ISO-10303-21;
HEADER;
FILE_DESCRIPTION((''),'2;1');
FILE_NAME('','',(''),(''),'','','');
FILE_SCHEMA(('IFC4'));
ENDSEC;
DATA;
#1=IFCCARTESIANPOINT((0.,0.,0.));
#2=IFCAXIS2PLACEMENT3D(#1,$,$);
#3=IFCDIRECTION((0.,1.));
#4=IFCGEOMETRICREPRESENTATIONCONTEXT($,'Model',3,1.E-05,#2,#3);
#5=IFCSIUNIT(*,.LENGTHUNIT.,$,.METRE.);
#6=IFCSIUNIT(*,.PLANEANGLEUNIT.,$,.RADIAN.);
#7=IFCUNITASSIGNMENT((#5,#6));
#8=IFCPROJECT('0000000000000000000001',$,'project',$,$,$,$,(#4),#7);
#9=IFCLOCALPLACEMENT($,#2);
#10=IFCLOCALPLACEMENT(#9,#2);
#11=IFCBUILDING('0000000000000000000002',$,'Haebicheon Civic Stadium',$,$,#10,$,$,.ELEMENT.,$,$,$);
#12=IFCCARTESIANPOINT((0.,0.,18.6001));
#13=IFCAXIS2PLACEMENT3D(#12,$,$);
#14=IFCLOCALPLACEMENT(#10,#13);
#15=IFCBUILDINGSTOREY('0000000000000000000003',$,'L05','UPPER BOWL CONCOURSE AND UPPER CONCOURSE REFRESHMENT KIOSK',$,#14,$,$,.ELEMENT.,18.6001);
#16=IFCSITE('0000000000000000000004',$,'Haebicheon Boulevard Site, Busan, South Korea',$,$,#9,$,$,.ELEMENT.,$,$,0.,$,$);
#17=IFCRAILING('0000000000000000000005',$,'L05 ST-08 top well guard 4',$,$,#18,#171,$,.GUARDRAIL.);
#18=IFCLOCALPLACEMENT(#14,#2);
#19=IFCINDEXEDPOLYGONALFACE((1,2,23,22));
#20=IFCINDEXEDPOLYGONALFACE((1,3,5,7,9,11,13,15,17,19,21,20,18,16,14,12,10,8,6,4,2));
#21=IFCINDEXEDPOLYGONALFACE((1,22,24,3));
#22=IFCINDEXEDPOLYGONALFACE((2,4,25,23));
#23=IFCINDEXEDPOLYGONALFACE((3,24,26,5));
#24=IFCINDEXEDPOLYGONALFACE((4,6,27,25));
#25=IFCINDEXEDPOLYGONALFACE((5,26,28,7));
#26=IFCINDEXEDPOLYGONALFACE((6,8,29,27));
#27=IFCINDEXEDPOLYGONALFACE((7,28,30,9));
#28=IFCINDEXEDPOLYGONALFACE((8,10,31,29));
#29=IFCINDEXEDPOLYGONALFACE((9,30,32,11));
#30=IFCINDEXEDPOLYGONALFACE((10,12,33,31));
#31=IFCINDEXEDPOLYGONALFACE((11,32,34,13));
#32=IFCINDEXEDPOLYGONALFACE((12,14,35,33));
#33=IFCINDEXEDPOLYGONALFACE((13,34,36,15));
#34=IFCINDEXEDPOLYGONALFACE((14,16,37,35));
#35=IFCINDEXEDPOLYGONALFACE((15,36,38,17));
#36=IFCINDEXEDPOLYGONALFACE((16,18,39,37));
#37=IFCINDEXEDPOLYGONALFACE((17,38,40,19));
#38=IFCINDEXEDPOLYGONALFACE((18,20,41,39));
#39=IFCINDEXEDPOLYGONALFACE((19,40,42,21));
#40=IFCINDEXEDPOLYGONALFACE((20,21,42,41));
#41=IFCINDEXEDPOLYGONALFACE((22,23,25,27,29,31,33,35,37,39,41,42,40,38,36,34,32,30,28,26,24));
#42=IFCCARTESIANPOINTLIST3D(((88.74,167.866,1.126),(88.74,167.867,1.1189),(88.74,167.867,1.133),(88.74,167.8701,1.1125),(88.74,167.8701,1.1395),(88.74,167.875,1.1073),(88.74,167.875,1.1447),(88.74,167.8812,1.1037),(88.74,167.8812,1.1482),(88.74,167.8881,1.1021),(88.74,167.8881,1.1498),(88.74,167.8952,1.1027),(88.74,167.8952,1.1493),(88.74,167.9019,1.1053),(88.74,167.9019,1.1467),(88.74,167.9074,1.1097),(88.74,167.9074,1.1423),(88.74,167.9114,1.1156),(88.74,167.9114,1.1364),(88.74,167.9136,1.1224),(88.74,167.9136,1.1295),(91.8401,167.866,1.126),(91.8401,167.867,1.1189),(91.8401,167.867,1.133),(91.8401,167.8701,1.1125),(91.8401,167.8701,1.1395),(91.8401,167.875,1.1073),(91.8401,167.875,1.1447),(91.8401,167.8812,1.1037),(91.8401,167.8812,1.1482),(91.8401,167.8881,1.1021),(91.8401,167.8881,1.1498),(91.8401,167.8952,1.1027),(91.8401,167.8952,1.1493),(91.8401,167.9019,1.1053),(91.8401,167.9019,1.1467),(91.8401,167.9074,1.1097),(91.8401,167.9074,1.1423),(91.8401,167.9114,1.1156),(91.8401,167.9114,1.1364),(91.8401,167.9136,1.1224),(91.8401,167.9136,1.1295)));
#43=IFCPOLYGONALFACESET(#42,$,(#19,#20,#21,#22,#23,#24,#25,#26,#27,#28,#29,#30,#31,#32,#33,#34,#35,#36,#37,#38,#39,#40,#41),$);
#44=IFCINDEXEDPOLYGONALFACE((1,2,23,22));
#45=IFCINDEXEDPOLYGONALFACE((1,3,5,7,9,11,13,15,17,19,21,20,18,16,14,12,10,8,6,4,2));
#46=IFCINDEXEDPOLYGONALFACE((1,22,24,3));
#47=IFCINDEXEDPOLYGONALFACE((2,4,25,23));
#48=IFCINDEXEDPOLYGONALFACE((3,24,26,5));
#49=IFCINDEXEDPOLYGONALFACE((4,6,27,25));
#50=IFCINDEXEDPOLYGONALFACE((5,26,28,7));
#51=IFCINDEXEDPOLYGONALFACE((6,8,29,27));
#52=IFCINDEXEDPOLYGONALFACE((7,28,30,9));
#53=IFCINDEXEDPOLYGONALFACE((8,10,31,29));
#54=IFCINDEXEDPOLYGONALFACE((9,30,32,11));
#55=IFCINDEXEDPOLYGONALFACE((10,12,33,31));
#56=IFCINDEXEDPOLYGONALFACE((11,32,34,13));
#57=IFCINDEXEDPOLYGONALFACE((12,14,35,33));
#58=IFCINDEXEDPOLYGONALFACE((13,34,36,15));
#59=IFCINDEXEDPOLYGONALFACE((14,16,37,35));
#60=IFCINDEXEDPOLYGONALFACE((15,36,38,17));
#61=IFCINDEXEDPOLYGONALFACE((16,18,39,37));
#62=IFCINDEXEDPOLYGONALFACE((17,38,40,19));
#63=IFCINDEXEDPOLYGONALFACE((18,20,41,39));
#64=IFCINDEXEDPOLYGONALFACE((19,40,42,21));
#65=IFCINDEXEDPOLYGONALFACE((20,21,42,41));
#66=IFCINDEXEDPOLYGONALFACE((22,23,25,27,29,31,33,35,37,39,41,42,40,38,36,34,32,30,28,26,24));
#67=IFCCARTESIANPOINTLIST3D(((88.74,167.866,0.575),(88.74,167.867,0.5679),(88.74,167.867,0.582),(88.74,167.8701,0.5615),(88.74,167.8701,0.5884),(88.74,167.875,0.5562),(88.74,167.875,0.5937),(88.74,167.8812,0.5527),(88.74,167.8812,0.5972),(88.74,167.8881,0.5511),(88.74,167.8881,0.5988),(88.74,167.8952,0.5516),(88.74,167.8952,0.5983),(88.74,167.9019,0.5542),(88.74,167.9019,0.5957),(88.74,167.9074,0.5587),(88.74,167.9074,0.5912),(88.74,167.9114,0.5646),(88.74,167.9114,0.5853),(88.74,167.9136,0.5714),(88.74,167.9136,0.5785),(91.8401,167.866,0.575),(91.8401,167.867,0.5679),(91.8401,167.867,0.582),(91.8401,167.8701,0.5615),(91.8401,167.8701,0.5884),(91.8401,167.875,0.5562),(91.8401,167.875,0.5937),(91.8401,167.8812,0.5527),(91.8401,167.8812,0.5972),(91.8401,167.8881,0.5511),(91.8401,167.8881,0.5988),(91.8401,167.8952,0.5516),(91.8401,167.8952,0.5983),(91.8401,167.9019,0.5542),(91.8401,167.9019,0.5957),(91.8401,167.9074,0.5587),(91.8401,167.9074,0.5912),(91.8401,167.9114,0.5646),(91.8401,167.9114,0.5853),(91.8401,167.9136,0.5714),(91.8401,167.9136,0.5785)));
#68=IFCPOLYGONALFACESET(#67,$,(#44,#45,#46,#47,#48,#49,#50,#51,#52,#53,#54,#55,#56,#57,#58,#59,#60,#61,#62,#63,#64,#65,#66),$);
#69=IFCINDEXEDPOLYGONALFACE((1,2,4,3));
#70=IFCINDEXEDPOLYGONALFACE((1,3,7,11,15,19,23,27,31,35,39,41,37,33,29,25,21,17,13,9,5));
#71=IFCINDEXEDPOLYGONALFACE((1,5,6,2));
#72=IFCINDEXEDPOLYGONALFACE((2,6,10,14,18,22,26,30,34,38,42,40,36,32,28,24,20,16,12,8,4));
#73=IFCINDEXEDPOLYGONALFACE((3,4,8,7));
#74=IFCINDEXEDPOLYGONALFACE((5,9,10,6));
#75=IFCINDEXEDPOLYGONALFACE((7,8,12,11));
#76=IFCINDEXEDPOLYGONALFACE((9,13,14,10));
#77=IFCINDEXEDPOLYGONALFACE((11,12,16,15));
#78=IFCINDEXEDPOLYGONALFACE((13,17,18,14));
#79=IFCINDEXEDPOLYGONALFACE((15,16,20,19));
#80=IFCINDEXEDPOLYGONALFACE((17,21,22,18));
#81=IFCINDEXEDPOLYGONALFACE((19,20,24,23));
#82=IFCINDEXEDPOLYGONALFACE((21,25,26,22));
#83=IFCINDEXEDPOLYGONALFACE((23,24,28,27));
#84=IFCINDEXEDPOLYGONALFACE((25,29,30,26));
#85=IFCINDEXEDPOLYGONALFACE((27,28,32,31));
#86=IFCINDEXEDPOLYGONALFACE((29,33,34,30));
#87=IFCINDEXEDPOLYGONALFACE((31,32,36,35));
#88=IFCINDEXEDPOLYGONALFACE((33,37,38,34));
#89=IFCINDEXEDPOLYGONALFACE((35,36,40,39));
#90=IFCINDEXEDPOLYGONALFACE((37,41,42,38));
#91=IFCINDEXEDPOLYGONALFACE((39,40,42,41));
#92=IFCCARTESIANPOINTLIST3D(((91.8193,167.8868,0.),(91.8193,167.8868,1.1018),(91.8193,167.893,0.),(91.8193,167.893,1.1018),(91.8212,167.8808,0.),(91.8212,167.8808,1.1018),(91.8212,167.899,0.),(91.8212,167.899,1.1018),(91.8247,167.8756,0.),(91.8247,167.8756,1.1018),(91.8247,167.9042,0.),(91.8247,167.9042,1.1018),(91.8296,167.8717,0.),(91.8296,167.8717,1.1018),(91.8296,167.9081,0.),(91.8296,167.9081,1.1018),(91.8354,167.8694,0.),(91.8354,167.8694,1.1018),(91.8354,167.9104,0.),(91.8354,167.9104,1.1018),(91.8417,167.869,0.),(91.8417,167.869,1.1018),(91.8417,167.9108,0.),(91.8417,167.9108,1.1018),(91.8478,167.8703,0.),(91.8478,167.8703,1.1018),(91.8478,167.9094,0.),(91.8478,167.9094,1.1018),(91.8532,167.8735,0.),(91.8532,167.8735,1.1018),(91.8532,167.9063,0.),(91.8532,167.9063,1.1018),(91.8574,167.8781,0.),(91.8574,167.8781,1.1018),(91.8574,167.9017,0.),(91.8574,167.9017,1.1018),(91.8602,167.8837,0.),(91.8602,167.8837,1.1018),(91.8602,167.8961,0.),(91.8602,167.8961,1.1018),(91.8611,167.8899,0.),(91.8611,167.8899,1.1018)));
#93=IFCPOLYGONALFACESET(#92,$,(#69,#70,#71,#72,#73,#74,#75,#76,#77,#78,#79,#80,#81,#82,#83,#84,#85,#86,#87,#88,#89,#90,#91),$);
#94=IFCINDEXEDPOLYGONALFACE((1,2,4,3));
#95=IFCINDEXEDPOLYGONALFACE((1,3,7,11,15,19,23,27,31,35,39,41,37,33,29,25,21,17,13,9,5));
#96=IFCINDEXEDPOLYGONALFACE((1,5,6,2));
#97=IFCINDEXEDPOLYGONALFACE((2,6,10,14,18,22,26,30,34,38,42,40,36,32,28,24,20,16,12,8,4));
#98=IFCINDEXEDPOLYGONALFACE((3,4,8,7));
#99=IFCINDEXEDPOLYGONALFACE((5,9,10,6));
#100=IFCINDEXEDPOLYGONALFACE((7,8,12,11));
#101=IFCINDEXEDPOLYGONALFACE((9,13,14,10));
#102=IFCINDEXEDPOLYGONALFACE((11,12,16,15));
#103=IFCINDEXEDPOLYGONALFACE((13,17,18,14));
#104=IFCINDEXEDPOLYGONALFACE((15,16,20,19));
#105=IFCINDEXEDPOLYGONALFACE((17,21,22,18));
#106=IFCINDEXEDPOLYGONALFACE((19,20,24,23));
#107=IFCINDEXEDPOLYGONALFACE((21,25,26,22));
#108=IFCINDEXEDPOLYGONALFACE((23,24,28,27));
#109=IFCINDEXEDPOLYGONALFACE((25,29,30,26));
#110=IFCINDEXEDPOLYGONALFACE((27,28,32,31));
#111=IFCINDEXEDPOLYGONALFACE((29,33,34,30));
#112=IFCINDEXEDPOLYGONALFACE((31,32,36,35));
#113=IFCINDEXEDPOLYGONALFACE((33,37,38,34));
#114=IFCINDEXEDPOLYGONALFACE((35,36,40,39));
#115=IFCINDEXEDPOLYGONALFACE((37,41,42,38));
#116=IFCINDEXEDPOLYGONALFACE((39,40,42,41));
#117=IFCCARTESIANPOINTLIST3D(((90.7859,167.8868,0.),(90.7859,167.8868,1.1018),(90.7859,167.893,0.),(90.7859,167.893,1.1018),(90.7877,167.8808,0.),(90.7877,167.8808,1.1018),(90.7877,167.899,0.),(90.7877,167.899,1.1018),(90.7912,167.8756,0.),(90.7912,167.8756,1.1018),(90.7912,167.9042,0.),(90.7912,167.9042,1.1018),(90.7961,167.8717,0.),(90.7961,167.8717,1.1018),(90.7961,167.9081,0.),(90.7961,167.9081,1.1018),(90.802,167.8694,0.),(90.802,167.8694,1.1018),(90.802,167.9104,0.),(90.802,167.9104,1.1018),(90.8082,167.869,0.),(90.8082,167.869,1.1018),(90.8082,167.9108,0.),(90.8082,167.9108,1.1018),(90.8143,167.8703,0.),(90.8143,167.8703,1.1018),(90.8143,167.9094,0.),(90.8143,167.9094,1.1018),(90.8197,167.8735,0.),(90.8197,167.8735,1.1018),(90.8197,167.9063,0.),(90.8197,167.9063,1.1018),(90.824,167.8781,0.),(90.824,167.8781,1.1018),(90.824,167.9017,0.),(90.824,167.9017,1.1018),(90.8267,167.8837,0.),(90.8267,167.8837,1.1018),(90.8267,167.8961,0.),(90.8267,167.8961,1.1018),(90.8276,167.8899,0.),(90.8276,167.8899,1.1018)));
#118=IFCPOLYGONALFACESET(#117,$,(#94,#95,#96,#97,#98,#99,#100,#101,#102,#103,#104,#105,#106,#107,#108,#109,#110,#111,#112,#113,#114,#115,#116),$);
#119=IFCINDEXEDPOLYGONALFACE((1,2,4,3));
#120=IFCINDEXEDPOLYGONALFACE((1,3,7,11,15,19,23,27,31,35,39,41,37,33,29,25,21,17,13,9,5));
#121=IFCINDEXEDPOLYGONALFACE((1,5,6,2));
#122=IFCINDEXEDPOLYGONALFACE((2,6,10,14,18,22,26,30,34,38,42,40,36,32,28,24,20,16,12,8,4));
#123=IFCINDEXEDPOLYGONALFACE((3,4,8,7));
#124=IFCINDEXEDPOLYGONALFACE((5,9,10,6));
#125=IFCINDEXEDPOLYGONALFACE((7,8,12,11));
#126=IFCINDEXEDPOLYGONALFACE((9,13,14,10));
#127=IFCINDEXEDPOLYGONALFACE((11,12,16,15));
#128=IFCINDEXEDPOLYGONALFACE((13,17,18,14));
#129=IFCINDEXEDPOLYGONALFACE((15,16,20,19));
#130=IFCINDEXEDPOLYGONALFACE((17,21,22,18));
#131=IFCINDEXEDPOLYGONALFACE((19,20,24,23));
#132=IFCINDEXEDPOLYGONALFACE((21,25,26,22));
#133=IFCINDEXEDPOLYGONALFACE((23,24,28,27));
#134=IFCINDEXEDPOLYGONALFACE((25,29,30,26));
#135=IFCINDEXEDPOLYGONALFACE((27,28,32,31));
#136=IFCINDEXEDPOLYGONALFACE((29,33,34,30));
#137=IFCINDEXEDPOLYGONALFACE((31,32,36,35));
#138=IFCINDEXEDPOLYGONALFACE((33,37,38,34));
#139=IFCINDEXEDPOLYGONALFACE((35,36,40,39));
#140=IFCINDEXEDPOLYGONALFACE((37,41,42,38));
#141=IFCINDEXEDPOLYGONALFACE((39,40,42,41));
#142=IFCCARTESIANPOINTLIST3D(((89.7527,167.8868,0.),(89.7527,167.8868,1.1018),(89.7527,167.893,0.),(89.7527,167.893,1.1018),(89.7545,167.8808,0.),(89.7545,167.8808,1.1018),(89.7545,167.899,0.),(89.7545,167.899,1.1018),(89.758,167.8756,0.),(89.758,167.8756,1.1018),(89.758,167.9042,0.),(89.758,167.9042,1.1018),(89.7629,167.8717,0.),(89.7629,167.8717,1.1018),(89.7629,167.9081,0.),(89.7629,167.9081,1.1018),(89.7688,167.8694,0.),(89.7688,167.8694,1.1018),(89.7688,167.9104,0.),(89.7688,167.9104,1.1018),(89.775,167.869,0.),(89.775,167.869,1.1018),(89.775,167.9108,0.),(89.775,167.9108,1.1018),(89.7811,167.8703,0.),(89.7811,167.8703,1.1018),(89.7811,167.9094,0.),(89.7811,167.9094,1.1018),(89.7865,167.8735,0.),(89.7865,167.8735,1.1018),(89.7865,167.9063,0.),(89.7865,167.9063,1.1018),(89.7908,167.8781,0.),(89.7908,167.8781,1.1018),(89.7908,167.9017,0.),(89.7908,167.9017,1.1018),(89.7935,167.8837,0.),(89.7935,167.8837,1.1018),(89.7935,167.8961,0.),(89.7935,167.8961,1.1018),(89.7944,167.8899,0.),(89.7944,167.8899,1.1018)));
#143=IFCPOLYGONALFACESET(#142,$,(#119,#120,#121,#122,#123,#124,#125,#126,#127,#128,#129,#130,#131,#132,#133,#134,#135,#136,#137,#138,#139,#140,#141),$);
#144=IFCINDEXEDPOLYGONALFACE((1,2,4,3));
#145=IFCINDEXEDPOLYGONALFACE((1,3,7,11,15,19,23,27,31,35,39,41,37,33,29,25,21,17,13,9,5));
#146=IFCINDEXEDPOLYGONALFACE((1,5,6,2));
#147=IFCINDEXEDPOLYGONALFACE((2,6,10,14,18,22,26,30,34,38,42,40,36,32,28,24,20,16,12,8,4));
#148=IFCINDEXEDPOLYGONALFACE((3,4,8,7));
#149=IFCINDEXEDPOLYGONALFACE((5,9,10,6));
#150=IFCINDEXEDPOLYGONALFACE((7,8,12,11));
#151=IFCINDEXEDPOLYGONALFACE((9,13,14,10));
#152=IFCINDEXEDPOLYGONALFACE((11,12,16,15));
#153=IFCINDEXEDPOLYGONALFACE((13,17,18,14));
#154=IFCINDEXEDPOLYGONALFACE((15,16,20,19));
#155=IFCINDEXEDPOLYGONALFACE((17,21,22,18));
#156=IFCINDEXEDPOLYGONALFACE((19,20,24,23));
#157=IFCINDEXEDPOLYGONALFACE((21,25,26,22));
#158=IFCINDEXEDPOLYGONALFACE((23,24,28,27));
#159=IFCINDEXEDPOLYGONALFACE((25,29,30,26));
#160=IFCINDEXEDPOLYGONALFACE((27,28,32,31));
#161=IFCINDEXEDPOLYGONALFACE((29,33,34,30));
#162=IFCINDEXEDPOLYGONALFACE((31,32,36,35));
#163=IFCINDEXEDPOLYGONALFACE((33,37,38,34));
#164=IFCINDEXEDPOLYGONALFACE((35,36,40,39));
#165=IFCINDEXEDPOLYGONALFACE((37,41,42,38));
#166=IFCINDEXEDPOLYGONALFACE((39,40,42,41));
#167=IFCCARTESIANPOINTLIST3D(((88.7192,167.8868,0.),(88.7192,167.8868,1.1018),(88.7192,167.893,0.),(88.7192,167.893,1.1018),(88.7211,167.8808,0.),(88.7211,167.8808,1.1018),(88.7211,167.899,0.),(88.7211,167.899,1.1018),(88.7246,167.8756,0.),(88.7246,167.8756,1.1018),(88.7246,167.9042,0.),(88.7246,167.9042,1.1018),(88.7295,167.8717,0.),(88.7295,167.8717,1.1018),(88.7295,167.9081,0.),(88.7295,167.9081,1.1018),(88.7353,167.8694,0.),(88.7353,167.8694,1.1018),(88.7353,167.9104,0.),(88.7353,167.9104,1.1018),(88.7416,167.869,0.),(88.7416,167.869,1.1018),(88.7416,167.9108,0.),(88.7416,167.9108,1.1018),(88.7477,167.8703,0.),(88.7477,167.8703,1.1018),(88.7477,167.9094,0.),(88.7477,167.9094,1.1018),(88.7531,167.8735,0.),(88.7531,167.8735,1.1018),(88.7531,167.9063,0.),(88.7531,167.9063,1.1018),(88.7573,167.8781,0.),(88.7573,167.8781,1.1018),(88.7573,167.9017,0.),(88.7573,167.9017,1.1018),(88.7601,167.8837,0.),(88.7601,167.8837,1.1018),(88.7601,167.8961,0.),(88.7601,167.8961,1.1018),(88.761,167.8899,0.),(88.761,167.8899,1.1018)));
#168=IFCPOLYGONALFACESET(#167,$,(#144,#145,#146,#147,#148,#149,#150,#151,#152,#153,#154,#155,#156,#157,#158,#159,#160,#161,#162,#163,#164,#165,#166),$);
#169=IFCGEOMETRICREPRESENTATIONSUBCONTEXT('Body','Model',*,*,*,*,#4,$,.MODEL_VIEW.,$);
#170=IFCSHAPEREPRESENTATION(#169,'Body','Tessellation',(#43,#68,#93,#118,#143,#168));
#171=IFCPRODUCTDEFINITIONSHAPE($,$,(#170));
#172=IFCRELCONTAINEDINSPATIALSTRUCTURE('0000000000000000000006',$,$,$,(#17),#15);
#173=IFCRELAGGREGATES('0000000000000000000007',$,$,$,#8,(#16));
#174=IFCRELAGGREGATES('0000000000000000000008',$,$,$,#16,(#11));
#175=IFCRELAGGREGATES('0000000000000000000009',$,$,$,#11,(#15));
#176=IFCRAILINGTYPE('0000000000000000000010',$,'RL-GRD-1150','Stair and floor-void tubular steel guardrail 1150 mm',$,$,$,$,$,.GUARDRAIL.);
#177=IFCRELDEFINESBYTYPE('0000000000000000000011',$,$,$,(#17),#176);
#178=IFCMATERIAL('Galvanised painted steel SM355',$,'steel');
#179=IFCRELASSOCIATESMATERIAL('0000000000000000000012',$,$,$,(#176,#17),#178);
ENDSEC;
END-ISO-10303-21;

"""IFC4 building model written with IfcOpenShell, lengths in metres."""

from ifc_helpers import new_model, si_unit, direction, frame, origin, origin_2d, place, context, subcontext, project, spatial, circle, extrude, material, type_object, element, save


model = new_model("IFC4")

# Units and contexts
model_context = context("Model", 3, precision=1e-05, world=origin(), true_north=direction((0.0, 1.0)))
body_context = subcontext(model_context, "Body", "Model", "MODEL_VIEW")
ifc_project = project(units=[si_unit("LENGTHUNIT", "METRE"), si_unit("PLANEANGLEUNIT", "RADIAN")], contexts=[model_context])

# Site, building, storey
site_placement = place(None, origin())
site = spatial("IfcSite", under=ifc_project, at=site_placement, Name="Haebicheon Boulevard Site, Busan, South Korea", CompositionType="ELEMENT", RefElevation=0.0)
building_placement = place(site_placement, origin())
building = spatial("IfcBuilding", under=site, at=building_placement, Name="Haebicheon Civic Stadium", CompositionType="ELEMENT")
storey_placement = place(building_placement, frame((0.0, 0.0, 18.6001)))
storey = spatial("IfcBuildingStorey", under=building, at=storey_placement, Name="L05", Description="UPPER BOWL CONCOURSE AND UPPER CONCOURSE REFRESHMENT KIOSK", CompositionType="ELEMENT", Elevation=18.6001)

# Railing
ifc_material_1 = material(Name="Galvanised painted steel SM355", Category="steel")
railing_type = type_object("IfcRailingType", Name="RL-GRD-1150", Description="Stair and floor-void tubular steel guardrail 1150 mm", PredefinedType="GUARDRAIL", material=ifc_material_1)
railing_1_placement = place(storey_placement, frame((91.8401, 167.8899, 0.0)))
element("IfcRailing", 1, at=railing_1_placement, inside=storey, type_object=railing_type, material=ifc_material_1, Name="L05 ST-08 top well guard 4", PredefinedType="GUARDRAIL", context=body_context, shape_type="SweptSolid", body=[
    extrude(circle(Radius=0.0239, at=origin_2d()), frame((0.0, 0.0, 1.126), z_axis=(-1.0, 0.0, 0.0), x_axis=(0.0, -1.0, 0.0)), (0.0, 0.0, 1.0), 3.1001),
    extrude(circle(Radius=0.0239, at=origin_2d()), frame((0.0, 0.0, 0.575), z_axis=(-1.0, 0.0, 0.0), x_axis=(0.0, -1.0, 0.0)), (0.0, 0.0, 1.0), 3.1001),
    extrude(circle(Radius=0.021, at=origin_2d()), origin(), (0.0, 0.0, 1.0), 1.1018),
    extrude(circle(Radius=0.021, at=origin_2d()), frame((-1.0334, 0.0, 0.0)), (0.0, 0.0, 1.0), 1.1018),
    extrude(circle(Radius=0.021, at=origin_2d()), frame((-2.0667, 0.0, 0.0)), (0.0, 0.0, 1.0), 1.1018),
    extrude(circle(Radius=0.021, at=origin_2d()), frame((-3.1001, 0.0, 0.0)), (0.0, 0.0, 1.0), 1.1018),
])

save(model, "model.ifc")
